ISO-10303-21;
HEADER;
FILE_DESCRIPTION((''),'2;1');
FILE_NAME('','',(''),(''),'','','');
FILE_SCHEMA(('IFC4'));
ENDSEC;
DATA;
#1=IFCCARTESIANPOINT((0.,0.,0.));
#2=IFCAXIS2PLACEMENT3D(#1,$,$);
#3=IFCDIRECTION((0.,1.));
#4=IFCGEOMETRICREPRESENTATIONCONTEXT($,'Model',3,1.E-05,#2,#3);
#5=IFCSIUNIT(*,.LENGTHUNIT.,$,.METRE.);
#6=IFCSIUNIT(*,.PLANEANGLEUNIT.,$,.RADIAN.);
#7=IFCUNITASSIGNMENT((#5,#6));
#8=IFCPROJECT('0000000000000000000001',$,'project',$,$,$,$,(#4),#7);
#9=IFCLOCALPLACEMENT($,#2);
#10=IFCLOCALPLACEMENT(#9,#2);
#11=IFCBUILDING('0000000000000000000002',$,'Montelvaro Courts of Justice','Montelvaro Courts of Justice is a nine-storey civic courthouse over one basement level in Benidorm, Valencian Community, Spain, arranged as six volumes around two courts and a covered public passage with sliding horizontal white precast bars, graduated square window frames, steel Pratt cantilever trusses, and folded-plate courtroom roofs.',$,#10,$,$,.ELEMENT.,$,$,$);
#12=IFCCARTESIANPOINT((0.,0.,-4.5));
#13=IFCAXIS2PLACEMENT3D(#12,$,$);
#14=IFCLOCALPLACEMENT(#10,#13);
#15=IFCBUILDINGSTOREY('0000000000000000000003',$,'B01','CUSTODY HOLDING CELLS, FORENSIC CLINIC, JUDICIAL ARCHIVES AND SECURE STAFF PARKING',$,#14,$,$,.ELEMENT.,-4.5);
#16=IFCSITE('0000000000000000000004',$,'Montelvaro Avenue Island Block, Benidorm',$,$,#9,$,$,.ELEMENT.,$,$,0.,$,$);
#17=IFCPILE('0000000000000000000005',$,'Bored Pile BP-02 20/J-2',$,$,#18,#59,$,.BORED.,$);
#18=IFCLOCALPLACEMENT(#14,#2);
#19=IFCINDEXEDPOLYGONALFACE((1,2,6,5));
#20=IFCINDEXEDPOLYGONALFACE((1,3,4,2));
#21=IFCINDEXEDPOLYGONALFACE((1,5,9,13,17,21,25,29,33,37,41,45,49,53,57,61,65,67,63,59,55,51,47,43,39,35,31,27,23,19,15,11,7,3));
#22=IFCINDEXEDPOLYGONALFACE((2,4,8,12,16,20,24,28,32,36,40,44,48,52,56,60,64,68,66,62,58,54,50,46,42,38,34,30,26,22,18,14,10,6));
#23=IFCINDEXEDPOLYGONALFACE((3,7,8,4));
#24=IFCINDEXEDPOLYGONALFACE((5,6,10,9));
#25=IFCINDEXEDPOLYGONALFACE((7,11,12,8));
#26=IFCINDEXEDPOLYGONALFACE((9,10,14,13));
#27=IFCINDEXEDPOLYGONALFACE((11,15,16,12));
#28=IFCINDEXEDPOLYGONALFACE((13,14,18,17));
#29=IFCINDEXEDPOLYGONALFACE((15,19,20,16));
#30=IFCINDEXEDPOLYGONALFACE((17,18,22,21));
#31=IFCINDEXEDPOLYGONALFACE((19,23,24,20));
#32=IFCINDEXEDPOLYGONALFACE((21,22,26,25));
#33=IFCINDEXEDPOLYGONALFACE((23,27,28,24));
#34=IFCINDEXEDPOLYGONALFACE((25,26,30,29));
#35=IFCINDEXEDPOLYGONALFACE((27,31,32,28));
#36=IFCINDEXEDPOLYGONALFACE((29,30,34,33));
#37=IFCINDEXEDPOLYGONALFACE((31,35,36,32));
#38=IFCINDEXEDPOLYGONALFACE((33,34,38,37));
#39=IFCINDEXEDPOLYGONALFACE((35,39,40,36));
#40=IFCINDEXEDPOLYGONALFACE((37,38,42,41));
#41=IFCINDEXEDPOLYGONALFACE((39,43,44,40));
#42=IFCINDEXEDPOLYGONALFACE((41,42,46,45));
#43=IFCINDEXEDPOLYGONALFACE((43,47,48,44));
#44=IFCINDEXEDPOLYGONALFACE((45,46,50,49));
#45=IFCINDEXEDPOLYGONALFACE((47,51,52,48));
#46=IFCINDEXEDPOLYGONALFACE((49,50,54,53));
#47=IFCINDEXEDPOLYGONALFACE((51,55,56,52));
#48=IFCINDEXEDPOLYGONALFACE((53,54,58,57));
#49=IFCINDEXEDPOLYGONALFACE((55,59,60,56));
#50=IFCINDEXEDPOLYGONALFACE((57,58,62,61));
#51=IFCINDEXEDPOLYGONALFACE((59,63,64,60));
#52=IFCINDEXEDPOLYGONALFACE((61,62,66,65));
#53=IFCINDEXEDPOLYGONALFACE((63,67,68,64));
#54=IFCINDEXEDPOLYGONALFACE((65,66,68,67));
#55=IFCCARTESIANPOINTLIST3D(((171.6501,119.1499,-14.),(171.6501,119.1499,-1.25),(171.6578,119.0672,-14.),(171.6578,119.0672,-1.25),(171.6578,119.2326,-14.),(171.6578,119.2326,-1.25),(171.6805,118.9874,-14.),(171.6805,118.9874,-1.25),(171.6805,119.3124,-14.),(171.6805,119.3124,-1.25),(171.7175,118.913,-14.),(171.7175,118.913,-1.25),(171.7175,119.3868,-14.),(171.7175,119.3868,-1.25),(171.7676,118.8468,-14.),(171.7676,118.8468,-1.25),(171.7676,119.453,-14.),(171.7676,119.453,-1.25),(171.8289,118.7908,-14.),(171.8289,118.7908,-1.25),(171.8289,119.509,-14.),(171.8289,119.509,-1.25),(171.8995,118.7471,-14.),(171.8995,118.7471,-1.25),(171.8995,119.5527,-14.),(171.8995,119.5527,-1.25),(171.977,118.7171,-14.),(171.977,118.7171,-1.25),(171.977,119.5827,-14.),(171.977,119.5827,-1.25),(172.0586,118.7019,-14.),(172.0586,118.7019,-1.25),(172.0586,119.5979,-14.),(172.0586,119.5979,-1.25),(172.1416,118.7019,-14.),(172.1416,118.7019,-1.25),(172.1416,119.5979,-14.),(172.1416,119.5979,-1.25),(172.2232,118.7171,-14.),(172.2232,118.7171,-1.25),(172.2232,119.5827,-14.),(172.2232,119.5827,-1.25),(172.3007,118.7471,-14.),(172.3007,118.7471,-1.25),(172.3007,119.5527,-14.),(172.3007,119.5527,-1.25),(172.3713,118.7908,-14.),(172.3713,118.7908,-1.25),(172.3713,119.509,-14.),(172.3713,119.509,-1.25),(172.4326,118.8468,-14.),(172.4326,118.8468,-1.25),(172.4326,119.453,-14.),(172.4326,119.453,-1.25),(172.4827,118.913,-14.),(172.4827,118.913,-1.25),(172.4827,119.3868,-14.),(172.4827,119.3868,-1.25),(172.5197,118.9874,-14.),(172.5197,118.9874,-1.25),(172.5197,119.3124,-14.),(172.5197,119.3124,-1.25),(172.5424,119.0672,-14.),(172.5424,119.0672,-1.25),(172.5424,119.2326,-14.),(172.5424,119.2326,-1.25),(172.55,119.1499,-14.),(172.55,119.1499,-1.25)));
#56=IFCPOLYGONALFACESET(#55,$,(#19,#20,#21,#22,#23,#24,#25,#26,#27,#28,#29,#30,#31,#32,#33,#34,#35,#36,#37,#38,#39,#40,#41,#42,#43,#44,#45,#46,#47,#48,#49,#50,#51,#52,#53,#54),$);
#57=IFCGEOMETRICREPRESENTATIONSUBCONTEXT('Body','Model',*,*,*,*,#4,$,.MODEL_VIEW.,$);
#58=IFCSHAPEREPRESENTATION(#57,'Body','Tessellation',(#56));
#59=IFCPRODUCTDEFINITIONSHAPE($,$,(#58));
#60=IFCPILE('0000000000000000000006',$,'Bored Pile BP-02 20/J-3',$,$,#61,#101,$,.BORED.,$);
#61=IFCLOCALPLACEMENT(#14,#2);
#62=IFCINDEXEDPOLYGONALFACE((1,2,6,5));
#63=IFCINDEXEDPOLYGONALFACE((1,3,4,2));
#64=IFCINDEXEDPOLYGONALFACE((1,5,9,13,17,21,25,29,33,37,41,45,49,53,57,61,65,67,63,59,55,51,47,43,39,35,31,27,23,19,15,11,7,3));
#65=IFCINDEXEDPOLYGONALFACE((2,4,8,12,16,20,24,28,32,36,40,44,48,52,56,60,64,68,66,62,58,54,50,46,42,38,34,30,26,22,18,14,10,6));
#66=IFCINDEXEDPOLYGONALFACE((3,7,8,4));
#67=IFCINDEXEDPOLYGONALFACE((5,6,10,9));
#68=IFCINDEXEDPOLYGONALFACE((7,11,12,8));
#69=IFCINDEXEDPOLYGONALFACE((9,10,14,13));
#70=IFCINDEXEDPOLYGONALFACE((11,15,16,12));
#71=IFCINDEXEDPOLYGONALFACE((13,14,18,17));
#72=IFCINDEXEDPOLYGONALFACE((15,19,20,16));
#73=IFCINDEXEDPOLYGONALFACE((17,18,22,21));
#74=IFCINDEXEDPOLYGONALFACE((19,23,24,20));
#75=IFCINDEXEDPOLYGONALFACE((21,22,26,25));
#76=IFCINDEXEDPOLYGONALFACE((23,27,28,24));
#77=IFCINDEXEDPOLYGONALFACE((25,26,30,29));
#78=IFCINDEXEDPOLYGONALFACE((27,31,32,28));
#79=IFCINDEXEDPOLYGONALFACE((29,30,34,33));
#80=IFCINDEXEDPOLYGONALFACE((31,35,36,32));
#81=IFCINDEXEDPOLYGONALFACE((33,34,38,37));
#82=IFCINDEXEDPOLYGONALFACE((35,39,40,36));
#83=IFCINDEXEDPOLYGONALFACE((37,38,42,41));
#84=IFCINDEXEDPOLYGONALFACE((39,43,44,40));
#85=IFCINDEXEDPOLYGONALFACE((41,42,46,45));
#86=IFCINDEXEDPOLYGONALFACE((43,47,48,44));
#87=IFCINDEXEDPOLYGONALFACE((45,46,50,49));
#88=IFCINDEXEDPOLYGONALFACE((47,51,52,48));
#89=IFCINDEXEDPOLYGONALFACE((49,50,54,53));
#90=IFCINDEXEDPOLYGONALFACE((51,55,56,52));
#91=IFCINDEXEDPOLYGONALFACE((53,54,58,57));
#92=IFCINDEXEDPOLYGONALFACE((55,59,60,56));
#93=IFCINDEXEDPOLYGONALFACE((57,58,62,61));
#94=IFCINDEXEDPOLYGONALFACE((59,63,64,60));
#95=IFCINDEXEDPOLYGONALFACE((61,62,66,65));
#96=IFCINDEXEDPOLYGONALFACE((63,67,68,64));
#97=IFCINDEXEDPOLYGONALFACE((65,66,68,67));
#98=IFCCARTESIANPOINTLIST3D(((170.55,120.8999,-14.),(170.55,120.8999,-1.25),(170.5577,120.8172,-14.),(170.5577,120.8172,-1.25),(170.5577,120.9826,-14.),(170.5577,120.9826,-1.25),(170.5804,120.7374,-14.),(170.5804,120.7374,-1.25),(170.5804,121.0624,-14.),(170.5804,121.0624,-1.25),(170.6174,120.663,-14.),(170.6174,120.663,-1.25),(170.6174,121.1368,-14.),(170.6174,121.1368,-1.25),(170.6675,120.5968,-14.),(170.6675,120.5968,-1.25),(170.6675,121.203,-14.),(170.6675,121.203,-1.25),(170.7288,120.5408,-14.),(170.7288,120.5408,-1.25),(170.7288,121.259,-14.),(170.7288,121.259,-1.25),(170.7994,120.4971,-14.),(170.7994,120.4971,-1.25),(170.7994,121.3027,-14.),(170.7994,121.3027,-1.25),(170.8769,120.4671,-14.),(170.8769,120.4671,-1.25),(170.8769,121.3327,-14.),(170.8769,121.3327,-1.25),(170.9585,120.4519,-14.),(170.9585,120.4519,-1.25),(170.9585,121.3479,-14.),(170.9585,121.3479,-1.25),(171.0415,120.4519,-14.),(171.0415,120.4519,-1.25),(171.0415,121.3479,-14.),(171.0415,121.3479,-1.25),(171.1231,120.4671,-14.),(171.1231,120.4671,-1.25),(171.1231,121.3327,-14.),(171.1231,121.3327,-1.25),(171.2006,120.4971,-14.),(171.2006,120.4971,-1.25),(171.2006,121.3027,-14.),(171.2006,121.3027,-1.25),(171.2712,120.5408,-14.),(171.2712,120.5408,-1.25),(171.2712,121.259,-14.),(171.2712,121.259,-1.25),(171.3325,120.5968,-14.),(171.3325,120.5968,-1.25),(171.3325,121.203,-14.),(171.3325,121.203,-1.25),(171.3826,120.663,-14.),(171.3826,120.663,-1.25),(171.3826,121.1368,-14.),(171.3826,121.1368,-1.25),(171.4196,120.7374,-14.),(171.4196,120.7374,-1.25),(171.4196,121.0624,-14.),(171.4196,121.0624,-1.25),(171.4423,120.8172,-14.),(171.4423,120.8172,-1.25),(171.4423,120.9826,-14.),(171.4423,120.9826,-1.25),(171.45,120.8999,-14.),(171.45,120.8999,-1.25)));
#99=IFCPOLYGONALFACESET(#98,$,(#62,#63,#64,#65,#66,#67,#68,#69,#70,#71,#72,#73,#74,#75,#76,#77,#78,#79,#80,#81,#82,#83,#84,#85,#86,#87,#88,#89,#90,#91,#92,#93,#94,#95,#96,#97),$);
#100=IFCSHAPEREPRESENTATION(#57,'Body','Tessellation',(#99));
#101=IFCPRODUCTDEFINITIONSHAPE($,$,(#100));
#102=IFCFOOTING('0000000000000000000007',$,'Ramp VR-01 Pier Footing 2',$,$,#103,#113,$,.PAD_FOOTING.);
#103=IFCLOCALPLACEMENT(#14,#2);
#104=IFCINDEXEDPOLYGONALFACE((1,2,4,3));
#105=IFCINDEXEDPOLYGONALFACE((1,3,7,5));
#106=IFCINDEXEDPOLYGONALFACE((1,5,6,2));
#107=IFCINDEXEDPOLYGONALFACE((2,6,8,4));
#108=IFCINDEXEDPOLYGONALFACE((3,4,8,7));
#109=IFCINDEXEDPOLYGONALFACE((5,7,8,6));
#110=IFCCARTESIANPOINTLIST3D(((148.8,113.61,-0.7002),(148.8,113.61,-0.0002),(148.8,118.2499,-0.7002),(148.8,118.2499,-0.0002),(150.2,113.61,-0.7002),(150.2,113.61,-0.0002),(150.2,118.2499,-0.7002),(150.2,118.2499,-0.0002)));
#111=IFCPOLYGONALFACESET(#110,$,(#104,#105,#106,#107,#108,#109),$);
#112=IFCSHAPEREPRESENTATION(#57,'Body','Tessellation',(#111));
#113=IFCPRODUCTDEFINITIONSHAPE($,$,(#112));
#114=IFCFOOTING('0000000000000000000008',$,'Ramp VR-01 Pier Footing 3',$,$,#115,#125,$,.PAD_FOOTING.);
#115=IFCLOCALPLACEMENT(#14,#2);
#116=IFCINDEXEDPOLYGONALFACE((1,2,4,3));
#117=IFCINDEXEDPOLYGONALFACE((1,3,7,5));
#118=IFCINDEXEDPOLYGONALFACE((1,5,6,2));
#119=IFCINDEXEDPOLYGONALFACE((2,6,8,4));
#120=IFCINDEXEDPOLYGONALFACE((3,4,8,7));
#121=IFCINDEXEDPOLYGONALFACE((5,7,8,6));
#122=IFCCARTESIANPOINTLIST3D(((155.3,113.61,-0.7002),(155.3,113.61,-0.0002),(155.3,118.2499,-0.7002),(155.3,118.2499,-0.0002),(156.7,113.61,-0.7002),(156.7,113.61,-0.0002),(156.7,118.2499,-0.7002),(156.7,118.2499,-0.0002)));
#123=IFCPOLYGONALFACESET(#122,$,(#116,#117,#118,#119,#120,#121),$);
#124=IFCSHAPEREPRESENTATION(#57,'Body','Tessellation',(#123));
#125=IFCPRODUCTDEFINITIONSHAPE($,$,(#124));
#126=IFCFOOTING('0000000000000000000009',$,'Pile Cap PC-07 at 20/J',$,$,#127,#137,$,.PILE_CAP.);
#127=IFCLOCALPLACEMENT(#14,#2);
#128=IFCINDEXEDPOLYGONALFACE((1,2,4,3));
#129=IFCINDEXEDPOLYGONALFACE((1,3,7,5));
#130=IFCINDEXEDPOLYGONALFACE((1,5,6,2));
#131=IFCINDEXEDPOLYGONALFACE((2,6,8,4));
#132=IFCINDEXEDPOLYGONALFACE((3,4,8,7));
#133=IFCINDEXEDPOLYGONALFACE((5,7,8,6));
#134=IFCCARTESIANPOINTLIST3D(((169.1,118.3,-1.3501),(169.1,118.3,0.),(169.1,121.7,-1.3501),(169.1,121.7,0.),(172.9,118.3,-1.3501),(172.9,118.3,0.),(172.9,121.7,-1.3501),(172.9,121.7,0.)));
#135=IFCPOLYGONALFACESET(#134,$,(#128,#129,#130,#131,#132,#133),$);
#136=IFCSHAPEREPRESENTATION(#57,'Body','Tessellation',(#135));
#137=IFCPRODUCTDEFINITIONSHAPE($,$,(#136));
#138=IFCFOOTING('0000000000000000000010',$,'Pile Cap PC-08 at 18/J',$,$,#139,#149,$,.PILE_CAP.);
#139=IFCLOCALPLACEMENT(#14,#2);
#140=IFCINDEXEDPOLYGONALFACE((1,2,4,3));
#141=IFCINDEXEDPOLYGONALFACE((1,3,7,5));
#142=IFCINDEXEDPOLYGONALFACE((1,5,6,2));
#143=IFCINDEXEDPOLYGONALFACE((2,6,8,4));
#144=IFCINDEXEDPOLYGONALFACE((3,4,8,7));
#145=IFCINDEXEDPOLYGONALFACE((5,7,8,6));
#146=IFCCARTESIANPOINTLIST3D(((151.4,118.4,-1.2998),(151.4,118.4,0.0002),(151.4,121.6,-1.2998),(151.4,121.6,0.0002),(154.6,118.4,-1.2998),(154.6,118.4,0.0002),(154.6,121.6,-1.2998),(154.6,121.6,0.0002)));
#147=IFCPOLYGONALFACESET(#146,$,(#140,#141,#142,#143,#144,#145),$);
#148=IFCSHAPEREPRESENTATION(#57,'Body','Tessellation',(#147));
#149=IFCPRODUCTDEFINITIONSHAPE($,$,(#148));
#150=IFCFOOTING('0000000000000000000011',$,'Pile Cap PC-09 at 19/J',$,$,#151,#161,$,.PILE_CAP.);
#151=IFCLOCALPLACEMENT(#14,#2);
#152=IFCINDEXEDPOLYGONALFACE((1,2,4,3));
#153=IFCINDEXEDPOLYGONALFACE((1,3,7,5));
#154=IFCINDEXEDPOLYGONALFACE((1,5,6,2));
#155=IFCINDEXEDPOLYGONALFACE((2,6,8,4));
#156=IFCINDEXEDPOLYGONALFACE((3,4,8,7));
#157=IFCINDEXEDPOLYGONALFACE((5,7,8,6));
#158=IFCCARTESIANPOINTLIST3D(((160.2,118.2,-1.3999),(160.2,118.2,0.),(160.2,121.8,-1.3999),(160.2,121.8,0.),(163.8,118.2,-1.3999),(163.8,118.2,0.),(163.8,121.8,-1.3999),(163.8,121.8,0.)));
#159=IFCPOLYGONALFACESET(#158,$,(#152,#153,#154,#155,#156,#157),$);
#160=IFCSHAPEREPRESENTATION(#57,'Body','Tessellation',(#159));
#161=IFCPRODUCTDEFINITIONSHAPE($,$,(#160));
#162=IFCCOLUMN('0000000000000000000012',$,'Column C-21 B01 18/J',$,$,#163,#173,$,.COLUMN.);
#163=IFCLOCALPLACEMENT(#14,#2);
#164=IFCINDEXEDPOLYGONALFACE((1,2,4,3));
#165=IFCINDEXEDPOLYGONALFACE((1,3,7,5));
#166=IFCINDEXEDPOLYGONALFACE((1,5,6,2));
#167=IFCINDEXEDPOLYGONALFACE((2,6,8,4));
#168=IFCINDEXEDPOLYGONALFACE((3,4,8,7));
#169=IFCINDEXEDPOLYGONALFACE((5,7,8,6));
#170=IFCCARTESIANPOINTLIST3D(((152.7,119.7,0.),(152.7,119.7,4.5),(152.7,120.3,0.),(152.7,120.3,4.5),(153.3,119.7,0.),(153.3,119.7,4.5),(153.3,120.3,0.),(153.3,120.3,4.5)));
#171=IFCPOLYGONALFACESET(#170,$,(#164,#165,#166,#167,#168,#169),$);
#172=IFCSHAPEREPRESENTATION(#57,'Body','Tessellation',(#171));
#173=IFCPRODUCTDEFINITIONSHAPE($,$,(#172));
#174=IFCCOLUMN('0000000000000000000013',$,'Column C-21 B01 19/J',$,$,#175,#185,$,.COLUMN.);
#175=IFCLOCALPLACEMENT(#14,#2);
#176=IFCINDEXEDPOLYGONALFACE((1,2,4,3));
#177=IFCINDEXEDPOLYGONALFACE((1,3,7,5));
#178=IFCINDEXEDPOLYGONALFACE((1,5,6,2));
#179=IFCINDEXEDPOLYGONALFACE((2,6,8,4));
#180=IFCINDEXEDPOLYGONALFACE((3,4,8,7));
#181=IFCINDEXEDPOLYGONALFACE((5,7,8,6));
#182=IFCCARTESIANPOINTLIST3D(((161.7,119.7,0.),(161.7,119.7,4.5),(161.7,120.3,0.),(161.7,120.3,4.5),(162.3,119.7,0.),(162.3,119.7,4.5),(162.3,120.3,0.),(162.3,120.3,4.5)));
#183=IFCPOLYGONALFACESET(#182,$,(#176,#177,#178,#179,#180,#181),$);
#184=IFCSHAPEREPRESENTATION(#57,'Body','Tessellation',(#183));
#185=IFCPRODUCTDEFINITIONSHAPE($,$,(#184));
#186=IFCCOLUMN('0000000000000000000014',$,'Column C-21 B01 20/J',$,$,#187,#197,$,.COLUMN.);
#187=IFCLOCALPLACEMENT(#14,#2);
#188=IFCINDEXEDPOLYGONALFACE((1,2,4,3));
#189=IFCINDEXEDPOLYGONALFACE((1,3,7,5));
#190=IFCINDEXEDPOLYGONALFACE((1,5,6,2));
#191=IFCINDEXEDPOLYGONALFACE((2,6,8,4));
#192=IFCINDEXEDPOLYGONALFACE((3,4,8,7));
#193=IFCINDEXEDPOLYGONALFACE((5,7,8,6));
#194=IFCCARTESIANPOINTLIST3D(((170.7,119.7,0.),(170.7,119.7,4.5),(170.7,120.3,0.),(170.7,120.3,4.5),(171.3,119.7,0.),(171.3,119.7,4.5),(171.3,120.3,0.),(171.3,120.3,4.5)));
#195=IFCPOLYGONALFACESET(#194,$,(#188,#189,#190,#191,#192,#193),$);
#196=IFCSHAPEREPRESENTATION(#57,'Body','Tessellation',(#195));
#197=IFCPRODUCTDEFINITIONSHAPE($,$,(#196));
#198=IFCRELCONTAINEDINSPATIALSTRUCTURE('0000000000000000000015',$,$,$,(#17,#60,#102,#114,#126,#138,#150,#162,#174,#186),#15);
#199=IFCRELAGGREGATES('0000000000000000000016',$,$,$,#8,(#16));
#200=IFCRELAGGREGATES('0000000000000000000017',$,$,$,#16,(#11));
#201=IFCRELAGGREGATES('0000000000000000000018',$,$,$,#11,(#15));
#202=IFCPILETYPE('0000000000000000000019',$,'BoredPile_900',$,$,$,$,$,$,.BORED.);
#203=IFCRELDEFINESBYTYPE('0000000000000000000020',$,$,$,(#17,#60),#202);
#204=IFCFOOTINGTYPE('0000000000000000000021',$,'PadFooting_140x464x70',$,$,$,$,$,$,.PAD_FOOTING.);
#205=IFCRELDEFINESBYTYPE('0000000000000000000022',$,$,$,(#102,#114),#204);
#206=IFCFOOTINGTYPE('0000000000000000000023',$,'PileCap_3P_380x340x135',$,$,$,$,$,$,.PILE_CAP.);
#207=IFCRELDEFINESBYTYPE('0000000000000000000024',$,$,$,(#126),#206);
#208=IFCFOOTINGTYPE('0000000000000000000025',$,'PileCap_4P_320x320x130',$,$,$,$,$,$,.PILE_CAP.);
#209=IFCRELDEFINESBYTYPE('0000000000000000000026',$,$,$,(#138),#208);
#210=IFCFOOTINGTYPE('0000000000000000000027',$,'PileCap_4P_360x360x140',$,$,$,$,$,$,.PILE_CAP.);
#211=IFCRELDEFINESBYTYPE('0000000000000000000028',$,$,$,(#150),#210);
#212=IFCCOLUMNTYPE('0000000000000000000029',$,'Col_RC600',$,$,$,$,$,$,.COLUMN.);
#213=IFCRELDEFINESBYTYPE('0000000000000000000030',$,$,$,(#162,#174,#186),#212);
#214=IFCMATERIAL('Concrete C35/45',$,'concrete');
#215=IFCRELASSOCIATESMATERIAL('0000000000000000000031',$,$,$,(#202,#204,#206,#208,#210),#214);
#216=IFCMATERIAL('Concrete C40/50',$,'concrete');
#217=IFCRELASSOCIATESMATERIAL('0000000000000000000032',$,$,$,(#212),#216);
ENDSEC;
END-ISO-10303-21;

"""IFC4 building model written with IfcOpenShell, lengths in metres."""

from ifc_helpers import new_model, si_unit, direction, frame, origin, origin_2d, place, context, subcontext, project, spatial, rectangle, circle, extrude, material, material_profile, profile_set, type_object, element, save


model = new_model("IFC4")

# Units and contexts
model_context = context("Model", 3, precision=1e-05, world=origin(), true_north=direction((0.0, 1.0)))
body_context = subcontext(model_context, "Body", "Model", "MODEL_VIEW")
ifc_project = project(units=[si_unit("LENGTHUNIT", "METRE"), si_unit("PLANEANGLEUNIT", "RADIAN")], contexts=[model_context])

# Site, building, storey
site_placement = place(None, origin())
site = spatial("IfcSite", under=ifc_project, at=site_placement, Name="Montelvaro Avenue Island Block, Benidorm", CompositionType="ELEMENT", RefElevation=0.0)
building_placement = place(site_placement, origin())
building = spatial("IfcBuilding", under=site, at=building_placement, Name="Montelvaro Courts of Justice", Description="Montelvaro Courts of Justice is a nine-storey civic courthouse over one basement level in Benidorm, Valencian Community, Spain, arranged as six volumes around two courts and a covered public passage with sliding horizontal white precast bars, graduated square window frames, steel Pratt cantilever trusses, and folded-plate courtroom roofs.", CompositionType="ELEMENT")
storey_placement = place(building_placement, frame((0.0, 0.0, -4.5)))
storey = spatial("IfcBuildingStorey", under=building, at=storey_placement, Name="B01", Description="CUSTODY HOLDING CELLS, FORENSIC CLINIC, JUDICIAL ARCHIVES AND SECURE STAFF PARKING", CompositionType="ELEMENT", Elevation=-4.5)

# Piles
ifc_material_1 = material(Name="Concrete C35/45", Category="concrete")
ifc_material_profile_1 = material_profile(ifc_material_1, circle(Radius=0.45, at=origin_2d()), Name="BORED PILE D900")
ifc_profile_set_1 = profile_set([ifc_material_profile_1], Name="Concrete C35/45")
pile_type_1 = type_object("IfcPileType", Name="BoredPile_900", PredefinedType="BORED", material=ifc_profile_set_1)
for number, where, z_axis, x_axis, name in (
    (1, (172.1001, 119.1499, -1.25), (0.0, 0.0, -1.0), (1.0, 0.0, 0.0), "Bored Pile BP-02 20/J-2"),
    (2, (171.0, 120.8999, -1.25), (0.0, 0.0, -1.0), (1.0, 0.0, 0.0), "Bored Pile BP-02 20/J-3"),
):
    element("IfcPile", number, at=place(storey_placement, frame(where, z_axis=z_axis, x_axis=x_axis)), inside=storey, type_object=pile_type_1, Name=name, PredefinedType="BORED", context=body_context, shape_type="SweptSolid", body=[
        extrude(circle(Radius=0.45, at=origin_2d()), origin(), (0.0, 0.0, 1.0), 12.75),
    ])

# Footings
footing_type_1 = type_object("IfcFootingType", Name="PadFooting_140x464x70", PredefinedType="PAD_FOOTING", material=ifc_material_1)
for number, where, z_axis, x_axis, name in (
    (3, (149.5, 115.9299, -0.7002), (0.0, 0.0, 1.0), (1.0, 0.0, 0.0), "Ramp VR-01 Pier Footing 2"),
    (4, (156.0, 115.9299, -0.7002), (0.0, 0.0, 1.0), (1.0, 0.0, 0.0), "Ramp VR-01 Pier Footing 3"),
):
    element("IfcFooting", number, at=place(storey_placement, frame(where, z_axis=z_axis, x_axis=x_axis)), inside=storey, type_object=footing_type_1, Name=name, PredefinedType="PAD_FOOTING", context=body_context, shape_type="SweptSolid", body=[
        extrude(rectangle(XDim=1.3999, YDim=4.6399, at=origin_2d()), origin(), (0.0, 0.0, 1.0), 0.7),
    ])
footing_type_2 = type_object("IfcFootingType", Name="PileCap_3P_380x340x135", PredefinedType="PILE_CAP", material=ifc_material_1)
footing_1_placement = place(storey_placement, frame((171.0, 120.0, -1.3501), z_axis=(0.0, 0.0, 1.0), x_axis=(1.0, 0.0, 0.0)))
element("IfcFooting", 5, at=footing_1_placement, inside=storey, type_object=footing_type_2, Name="Pile Cap PC-07 at 20/J", PredefinedType="PILE_CAP", context=body_context, shape_type="SweptSolid", body=[
    extrude(rectangle(XDim=3.8, YDim=3.3999, at=origin_2d()), origin(), (0.0, 0.0, 1.0), 1.3501),
])
footing_type_3 = type_object("IfcFootingType", Name="PileCap_4P_320x320x130", PredefinedType="PILE_CAP", material=ifc_material_1)
footing_2_placement = place(storey_placement, frame((153.0, 120.0, -1.2998), z_axis=(0.0, 0.0, 1.0), x_axis=(1.0, 0.0, 0.0)))
element("IfcFooting", 6, at=footing_2_placement, inside=storey, type_object=footing_type_3, Name="Pile Cap PC-08 at 18/J", PredefinedType="PILE_CAP", context=body_context, shape_type="SweptSolid", body=[
    extrude(rectangle(XDim=3.2, YDim=3.2, at=origin_2d()), origin(), (0.0, 0.0, 1.0), 1.3),
])
footing_type_4 = type_object("IfcFootingType", Name="PileCap_4P_360x360x140", PredefinedType="PILE_CAP", material=ifc_material_1)
footing_3_placement = place(storey_placement, frame((162.0, 120.0, -1.3999), z_axis=(0.0, 0.0, 1.0), x_axis=(1.0, 0.0, 0.0)))
element("IfcFooting", 7, at=footing_3_placement, inside=storey, type_object=footing_type_4, Name="Pile Cap PC-09 at 19/J", PredefinedType="PILE_CAP", context=body_context, shape_type="SweptSolid", body=[
    extrude(rectangle(XDim=3.6001, YDim=3.6001, at=origin_2d()), origin(), (0.0, 0.0, 1.0), 1.3999),
])

# Columns
ifc_material_2 = material(Name="Concrete C40/50", Category="concrete")
ifc_material_profile_2 = material_profile(ifc_material_2, rectangle(XDim=0.6001, YDim=0.6001, at=origin_2d()), Name="RC 600x600")
ifc_profile_set_2 = profile_set([ifc_material_profile_2], Name="Concrete C40/50")
column_type = type_object("IfcColumnType", Name="Col_RC600", PredefinedType="COLUMN", material=ifc_profile_set_2)
for number, where, z_axis, x_axis, name in (
    (8, (153.0, 120.0, 0.0), (0.0, 0.0, 1.0), (1.0, 0.0, 0.0), "Column C-21 B01 18/J"),
    (9, (162.0, 120.0, 0.0), (0.0, 0.0, 1.0), (1.0, 0.0, 0.0), "Column C-21 B01 19/J"),
    (10, (171.0, 120.0, 0.0), (0.0, 0.0, 1.0), (1.0, 0.0, 0.0), "Column C-21 B01 20/J"),
):
    element("IfcColumn", number, at=place(storey_placement, frame(where, z_axis=z_axis, x_axis=x_axis)), inside=storey, type_object=column_type, Name=name, PredefinedType="COLUMN", context=body_context, shape_type="SweptSolid", body=[
        extrude(rectangle(XDim=0.6001, YDim=0.6001, at=origin_2d()), origin(), (0.0, 0.0, 1.0), 4.5),
    ])

save(model, "model.ifc")
